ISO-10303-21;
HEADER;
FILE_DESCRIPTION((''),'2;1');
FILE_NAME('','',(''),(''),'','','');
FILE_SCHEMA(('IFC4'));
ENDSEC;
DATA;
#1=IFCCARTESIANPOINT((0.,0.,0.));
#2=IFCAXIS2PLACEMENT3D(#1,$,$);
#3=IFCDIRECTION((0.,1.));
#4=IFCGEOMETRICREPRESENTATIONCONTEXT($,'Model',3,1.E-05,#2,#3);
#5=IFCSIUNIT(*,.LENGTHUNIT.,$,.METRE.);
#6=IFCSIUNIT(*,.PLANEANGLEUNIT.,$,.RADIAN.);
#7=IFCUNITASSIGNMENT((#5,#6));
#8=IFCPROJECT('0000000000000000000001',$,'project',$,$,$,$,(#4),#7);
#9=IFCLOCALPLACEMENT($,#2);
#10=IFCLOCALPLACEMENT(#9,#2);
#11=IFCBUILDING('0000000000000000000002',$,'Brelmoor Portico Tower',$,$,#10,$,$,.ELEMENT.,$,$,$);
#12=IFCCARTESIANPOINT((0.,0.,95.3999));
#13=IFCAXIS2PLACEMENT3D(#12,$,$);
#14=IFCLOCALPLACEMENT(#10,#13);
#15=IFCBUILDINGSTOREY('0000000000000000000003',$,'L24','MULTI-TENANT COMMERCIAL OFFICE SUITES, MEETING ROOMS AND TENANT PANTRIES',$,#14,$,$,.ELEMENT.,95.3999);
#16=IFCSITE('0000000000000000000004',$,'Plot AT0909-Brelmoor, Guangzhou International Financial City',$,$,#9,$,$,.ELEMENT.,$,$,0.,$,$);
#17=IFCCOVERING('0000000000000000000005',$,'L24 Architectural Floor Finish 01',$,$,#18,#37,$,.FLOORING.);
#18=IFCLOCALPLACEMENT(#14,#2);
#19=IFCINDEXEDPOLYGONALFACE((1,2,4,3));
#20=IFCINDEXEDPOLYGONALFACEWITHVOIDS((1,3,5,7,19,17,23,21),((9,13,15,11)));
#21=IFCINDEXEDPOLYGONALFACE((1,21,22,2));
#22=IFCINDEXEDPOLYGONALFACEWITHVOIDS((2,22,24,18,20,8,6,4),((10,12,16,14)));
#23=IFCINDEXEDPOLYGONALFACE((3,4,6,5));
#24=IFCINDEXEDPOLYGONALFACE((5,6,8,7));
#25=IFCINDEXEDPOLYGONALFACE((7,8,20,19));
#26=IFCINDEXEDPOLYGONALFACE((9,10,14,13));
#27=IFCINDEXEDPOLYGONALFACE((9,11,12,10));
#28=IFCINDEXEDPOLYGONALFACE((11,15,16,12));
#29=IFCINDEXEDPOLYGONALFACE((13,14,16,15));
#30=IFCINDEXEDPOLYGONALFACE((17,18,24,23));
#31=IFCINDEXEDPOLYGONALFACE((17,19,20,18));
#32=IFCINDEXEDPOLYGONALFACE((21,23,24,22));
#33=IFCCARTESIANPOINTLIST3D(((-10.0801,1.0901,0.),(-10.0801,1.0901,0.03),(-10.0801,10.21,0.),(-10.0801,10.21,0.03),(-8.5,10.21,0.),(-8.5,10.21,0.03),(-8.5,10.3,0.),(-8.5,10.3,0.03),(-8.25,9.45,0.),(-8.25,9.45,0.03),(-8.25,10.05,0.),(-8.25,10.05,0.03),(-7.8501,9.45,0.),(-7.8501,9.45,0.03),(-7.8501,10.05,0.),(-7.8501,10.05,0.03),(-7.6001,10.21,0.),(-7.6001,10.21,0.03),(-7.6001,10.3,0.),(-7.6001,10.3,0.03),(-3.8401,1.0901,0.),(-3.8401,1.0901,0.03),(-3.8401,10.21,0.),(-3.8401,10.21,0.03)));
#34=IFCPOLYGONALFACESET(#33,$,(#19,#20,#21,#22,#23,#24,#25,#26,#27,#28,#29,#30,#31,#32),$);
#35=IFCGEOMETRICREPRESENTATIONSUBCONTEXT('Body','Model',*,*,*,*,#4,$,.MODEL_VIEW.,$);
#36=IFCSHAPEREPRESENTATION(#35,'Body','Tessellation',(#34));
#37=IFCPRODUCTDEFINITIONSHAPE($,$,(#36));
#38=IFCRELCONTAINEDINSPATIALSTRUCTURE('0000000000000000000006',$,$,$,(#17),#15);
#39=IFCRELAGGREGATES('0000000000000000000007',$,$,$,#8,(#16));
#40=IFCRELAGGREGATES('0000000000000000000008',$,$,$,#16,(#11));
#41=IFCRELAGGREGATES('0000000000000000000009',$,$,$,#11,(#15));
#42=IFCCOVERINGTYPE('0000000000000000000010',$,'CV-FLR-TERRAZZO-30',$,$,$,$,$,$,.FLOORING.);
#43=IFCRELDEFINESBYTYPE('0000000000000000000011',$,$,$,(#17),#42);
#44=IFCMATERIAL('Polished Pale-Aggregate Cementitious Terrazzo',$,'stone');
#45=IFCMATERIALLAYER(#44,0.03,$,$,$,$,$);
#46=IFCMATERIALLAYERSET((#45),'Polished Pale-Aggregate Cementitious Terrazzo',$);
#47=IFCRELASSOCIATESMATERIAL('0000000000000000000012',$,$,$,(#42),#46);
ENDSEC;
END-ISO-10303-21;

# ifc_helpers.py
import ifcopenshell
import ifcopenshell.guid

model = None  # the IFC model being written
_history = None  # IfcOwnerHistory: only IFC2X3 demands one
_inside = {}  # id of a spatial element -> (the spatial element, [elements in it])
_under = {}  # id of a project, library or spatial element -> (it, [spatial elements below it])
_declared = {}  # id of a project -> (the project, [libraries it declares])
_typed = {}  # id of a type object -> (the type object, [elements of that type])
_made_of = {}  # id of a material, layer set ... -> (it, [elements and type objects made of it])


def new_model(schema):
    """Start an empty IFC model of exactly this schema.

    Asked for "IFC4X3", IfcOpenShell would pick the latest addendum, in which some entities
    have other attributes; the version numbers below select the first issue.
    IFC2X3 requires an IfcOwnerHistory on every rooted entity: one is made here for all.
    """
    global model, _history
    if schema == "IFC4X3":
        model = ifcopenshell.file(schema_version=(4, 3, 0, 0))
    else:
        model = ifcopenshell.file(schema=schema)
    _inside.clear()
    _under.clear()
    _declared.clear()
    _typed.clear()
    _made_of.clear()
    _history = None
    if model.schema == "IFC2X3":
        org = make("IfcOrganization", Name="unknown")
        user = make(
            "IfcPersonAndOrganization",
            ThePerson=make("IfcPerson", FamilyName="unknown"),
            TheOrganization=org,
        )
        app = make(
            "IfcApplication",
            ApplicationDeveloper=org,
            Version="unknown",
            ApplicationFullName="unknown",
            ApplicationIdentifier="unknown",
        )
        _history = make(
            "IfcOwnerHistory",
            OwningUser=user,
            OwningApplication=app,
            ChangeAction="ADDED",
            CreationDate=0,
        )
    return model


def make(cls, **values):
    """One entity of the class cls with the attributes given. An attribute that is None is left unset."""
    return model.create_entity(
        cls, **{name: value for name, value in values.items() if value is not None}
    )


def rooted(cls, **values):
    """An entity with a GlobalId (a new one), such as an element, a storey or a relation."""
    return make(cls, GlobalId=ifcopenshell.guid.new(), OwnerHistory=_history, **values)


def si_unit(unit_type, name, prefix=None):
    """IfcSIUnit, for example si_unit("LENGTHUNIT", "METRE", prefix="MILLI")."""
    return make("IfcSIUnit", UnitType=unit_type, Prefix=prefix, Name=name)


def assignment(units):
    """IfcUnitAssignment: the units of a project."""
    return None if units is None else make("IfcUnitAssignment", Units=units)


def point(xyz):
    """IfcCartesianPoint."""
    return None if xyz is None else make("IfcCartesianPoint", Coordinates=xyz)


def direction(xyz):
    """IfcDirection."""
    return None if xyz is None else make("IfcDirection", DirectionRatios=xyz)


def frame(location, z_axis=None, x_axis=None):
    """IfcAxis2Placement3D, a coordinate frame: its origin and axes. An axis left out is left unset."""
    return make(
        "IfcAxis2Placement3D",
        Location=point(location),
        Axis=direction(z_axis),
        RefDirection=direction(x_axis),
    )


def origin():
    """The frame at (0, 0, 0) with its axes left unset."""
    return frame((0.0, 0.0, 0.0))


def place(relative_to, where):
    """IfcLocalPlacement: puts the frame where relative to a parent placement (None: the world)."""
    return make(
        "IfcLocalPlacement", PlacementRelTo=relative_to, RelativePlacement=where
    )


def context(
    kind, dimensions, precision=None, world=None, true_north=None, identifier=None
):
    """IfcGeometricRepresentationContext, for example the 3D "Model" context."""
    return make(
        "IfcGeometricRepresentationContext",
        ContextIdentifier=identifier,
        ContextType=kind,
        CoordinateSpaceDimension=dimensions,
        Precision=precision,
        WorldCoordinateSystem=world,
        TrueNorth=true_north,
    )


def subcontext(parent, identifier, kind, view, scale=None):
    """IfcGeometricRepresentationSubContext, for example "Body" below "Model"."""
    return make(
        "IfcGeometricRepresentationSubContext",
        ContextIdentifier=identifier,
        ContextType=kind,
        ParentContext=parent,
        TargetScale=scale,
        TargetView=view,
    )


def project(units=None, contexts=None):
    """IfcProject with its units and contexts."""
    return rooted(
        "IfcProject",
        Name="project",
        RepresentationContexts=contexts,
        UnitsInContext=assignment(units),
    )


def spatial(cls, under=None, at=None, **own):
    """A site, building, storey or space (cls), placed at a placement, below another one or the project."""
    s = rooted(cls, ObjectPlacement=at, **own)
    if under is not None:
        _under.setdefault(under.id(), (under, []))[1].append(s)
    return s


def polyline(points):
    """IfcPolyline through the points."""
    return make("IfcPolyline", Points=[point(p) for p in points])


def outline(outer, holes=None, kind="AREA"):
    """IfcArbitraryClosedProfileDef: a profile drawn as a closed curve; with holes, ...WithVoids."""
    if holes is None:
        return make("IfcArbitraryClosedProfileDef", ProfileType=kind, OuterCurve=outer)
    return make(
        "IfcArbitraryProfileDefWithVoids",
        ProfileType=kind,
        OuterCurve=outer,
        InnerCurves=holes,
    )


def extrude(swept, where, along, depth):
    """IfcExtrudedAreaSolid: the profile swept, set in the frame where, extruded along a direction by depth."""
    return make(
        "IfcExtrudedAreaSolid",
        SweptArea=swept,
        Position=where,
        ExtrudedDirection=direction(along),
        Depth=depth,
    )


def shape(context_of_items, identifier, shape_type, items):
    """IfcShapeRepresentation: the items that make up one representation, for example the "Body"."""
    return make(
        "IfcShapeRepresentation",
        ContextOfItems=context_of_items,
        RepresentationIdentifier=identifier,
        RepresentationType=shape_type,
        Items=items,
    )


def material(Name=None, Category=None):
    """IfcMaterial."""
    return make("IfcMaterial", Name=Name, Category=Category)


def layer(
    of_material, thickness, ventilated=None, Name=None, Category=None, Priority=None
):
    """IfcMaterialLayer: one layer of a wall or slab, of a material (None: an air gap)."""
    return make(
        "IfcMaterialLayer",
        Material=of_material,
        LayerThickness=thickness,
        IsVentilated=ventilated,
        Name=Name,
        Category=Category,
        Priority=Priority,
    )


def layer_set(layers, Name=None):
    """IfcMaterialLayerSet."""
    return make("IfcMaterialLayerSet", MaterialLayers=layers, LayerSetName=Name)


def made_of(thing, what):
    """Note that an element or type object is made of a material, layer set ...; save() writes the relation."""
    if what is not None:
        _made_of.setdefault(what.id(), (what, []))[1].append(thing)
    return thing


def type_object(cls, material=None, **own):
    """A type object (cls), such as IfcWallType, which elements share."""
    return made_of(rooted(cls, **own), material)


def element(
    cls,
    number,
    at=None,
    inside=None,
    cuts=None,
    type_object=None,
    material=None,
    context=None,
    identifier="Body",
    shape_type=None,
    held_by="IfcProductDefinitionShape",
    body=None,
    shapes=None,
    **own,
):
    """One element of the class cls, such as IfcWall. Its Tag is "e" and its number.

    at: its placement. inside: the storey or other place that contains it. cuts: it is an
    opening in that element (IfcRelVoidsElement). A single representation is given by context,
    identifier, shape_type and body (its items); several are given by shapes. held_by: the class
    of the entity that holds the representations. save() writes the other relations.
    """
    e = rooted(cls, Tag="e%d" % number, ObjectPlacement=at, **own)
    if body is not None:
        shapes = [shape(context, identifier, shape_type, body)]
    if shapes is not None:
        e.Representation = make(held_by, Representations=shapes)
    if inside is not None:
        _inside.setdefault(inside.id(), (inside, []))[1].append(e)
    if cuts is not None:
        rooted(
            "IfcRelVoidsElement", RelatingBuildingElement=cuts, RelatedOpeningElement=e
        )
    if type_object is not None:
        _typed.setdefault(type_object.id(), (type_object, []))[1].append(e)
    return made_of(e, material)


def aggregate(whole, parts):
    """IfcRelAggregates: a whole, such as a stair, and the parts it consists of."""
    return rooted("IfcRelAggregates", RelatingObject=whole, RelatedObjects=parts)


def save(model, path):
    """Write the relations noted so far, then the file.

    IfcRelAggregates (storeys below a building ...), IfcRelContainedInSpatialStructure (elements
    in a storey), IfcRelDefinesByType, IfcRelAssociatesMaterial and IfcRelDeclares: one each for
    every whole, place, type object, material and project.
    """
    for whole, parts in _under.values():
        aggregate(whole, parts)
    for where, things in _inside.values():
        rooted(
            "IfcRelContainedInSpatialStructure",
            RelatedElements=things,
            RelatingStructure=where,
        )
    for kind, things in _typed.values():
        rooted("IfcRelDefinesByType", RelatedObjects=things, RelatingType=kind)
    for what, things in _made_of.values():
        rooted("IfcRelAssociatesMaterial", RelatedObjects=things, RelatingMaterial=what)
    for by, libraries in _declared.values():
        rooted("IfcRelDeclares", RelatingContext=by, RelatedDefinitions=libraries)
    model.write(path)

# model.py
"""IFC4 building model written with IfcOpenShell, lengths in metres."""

from ifc_helpers import new_model, si_unit, direction, frame, origin, place, context, subcontext, project, spatial, polyline, outline, extrude, material, layer, layer_set, type_object, element, save


model = new_model("IFC4")

# Units and contexts
model_context = context("Model", 3, precision=1e-05, world=origin(), true_north=direction((0.0, 1.0)))
body_context = subcontext(model_context, "Body", "Model", "MODEL_VIEW")
ifc_project = project(units=[si_unit("LENGTHUNIT", "METRE"), si_unit("PLANEANGLEUNIT", "RADIAN")], contexts=[model_context])

# Site, building, storey
site_placement = place(None, origin())
site = spatial("IfcSite", under=ifc_project, at=site_placement, Name="Plot AT0909-Brelmoor, Guangzhou International Financial City", CompositionType="ELEMENT", RefElevation=0.0)
building_placement = place(site_placement, origin())
building = spatial("IfcBuilding", under=site, at=building_placement, Name="Brelmoor Portico Tower", CompositionType="ELEMENT")
storey_placement = place(building_placement, frame((0.0, 0.0, 95.3999)))
storey = spatial("IfcBuildingStorey", under=building, at=storey_placement, Name="L24", Description="MULTI-TENANT COMMERCIAL OFFICE SUITES, MEETING ROOMS AND TENANT PANTRIES", CompositionType="ELEMENT", Elevation=95.3999)

# Covering
ifc_material_1 = material(Name="Polished Pale-Aggregate Cementitious Terrazzo", Category="stone")
ifc_layer_1 = layer(ifc_material_1, 0.03)
ifc_layer_set_1 = layer_set([ifc_layer_1], Name="Polished Pale-Aggregate Cementitious Terrazzo")
covering_type = type_object("IfcCoveringType", Name="CV-FLR-TERRAZZO-30", PredefinedType="FLOORING", material=ifc_layer_set_1)
covering_placement = place(storey_placement, origin())
element("IfcCovering", 1, at=covering_placement, inside=storey, type_object=covering_type, Name="L24 Architectural Floor Finish 01", PredefinedType="FLOORING", context=body_context, shape_type="SweptSolid", body=[
    extrude(outline(polyline([(-10.0801, 10.21), (-8.5, 10.21), (-8.5, 10.3), (-7.6001, 10.3), (-7.6001, 10.21), (-3.8401, 10.21), (-3.8401, 1.0901), (-10.0801, 1.0901), (-10.0801, 10.21)]), holes=[polyline([(-7.8501, 9.45), (-7.8501, 10.05), (-8.25, 10.05), (-8.25, 9.45), (-7.8501, 9.45)])]), origin(), (0.0, 0.0, 1.0), 0.03),
])

save(model, "model.ifc")
